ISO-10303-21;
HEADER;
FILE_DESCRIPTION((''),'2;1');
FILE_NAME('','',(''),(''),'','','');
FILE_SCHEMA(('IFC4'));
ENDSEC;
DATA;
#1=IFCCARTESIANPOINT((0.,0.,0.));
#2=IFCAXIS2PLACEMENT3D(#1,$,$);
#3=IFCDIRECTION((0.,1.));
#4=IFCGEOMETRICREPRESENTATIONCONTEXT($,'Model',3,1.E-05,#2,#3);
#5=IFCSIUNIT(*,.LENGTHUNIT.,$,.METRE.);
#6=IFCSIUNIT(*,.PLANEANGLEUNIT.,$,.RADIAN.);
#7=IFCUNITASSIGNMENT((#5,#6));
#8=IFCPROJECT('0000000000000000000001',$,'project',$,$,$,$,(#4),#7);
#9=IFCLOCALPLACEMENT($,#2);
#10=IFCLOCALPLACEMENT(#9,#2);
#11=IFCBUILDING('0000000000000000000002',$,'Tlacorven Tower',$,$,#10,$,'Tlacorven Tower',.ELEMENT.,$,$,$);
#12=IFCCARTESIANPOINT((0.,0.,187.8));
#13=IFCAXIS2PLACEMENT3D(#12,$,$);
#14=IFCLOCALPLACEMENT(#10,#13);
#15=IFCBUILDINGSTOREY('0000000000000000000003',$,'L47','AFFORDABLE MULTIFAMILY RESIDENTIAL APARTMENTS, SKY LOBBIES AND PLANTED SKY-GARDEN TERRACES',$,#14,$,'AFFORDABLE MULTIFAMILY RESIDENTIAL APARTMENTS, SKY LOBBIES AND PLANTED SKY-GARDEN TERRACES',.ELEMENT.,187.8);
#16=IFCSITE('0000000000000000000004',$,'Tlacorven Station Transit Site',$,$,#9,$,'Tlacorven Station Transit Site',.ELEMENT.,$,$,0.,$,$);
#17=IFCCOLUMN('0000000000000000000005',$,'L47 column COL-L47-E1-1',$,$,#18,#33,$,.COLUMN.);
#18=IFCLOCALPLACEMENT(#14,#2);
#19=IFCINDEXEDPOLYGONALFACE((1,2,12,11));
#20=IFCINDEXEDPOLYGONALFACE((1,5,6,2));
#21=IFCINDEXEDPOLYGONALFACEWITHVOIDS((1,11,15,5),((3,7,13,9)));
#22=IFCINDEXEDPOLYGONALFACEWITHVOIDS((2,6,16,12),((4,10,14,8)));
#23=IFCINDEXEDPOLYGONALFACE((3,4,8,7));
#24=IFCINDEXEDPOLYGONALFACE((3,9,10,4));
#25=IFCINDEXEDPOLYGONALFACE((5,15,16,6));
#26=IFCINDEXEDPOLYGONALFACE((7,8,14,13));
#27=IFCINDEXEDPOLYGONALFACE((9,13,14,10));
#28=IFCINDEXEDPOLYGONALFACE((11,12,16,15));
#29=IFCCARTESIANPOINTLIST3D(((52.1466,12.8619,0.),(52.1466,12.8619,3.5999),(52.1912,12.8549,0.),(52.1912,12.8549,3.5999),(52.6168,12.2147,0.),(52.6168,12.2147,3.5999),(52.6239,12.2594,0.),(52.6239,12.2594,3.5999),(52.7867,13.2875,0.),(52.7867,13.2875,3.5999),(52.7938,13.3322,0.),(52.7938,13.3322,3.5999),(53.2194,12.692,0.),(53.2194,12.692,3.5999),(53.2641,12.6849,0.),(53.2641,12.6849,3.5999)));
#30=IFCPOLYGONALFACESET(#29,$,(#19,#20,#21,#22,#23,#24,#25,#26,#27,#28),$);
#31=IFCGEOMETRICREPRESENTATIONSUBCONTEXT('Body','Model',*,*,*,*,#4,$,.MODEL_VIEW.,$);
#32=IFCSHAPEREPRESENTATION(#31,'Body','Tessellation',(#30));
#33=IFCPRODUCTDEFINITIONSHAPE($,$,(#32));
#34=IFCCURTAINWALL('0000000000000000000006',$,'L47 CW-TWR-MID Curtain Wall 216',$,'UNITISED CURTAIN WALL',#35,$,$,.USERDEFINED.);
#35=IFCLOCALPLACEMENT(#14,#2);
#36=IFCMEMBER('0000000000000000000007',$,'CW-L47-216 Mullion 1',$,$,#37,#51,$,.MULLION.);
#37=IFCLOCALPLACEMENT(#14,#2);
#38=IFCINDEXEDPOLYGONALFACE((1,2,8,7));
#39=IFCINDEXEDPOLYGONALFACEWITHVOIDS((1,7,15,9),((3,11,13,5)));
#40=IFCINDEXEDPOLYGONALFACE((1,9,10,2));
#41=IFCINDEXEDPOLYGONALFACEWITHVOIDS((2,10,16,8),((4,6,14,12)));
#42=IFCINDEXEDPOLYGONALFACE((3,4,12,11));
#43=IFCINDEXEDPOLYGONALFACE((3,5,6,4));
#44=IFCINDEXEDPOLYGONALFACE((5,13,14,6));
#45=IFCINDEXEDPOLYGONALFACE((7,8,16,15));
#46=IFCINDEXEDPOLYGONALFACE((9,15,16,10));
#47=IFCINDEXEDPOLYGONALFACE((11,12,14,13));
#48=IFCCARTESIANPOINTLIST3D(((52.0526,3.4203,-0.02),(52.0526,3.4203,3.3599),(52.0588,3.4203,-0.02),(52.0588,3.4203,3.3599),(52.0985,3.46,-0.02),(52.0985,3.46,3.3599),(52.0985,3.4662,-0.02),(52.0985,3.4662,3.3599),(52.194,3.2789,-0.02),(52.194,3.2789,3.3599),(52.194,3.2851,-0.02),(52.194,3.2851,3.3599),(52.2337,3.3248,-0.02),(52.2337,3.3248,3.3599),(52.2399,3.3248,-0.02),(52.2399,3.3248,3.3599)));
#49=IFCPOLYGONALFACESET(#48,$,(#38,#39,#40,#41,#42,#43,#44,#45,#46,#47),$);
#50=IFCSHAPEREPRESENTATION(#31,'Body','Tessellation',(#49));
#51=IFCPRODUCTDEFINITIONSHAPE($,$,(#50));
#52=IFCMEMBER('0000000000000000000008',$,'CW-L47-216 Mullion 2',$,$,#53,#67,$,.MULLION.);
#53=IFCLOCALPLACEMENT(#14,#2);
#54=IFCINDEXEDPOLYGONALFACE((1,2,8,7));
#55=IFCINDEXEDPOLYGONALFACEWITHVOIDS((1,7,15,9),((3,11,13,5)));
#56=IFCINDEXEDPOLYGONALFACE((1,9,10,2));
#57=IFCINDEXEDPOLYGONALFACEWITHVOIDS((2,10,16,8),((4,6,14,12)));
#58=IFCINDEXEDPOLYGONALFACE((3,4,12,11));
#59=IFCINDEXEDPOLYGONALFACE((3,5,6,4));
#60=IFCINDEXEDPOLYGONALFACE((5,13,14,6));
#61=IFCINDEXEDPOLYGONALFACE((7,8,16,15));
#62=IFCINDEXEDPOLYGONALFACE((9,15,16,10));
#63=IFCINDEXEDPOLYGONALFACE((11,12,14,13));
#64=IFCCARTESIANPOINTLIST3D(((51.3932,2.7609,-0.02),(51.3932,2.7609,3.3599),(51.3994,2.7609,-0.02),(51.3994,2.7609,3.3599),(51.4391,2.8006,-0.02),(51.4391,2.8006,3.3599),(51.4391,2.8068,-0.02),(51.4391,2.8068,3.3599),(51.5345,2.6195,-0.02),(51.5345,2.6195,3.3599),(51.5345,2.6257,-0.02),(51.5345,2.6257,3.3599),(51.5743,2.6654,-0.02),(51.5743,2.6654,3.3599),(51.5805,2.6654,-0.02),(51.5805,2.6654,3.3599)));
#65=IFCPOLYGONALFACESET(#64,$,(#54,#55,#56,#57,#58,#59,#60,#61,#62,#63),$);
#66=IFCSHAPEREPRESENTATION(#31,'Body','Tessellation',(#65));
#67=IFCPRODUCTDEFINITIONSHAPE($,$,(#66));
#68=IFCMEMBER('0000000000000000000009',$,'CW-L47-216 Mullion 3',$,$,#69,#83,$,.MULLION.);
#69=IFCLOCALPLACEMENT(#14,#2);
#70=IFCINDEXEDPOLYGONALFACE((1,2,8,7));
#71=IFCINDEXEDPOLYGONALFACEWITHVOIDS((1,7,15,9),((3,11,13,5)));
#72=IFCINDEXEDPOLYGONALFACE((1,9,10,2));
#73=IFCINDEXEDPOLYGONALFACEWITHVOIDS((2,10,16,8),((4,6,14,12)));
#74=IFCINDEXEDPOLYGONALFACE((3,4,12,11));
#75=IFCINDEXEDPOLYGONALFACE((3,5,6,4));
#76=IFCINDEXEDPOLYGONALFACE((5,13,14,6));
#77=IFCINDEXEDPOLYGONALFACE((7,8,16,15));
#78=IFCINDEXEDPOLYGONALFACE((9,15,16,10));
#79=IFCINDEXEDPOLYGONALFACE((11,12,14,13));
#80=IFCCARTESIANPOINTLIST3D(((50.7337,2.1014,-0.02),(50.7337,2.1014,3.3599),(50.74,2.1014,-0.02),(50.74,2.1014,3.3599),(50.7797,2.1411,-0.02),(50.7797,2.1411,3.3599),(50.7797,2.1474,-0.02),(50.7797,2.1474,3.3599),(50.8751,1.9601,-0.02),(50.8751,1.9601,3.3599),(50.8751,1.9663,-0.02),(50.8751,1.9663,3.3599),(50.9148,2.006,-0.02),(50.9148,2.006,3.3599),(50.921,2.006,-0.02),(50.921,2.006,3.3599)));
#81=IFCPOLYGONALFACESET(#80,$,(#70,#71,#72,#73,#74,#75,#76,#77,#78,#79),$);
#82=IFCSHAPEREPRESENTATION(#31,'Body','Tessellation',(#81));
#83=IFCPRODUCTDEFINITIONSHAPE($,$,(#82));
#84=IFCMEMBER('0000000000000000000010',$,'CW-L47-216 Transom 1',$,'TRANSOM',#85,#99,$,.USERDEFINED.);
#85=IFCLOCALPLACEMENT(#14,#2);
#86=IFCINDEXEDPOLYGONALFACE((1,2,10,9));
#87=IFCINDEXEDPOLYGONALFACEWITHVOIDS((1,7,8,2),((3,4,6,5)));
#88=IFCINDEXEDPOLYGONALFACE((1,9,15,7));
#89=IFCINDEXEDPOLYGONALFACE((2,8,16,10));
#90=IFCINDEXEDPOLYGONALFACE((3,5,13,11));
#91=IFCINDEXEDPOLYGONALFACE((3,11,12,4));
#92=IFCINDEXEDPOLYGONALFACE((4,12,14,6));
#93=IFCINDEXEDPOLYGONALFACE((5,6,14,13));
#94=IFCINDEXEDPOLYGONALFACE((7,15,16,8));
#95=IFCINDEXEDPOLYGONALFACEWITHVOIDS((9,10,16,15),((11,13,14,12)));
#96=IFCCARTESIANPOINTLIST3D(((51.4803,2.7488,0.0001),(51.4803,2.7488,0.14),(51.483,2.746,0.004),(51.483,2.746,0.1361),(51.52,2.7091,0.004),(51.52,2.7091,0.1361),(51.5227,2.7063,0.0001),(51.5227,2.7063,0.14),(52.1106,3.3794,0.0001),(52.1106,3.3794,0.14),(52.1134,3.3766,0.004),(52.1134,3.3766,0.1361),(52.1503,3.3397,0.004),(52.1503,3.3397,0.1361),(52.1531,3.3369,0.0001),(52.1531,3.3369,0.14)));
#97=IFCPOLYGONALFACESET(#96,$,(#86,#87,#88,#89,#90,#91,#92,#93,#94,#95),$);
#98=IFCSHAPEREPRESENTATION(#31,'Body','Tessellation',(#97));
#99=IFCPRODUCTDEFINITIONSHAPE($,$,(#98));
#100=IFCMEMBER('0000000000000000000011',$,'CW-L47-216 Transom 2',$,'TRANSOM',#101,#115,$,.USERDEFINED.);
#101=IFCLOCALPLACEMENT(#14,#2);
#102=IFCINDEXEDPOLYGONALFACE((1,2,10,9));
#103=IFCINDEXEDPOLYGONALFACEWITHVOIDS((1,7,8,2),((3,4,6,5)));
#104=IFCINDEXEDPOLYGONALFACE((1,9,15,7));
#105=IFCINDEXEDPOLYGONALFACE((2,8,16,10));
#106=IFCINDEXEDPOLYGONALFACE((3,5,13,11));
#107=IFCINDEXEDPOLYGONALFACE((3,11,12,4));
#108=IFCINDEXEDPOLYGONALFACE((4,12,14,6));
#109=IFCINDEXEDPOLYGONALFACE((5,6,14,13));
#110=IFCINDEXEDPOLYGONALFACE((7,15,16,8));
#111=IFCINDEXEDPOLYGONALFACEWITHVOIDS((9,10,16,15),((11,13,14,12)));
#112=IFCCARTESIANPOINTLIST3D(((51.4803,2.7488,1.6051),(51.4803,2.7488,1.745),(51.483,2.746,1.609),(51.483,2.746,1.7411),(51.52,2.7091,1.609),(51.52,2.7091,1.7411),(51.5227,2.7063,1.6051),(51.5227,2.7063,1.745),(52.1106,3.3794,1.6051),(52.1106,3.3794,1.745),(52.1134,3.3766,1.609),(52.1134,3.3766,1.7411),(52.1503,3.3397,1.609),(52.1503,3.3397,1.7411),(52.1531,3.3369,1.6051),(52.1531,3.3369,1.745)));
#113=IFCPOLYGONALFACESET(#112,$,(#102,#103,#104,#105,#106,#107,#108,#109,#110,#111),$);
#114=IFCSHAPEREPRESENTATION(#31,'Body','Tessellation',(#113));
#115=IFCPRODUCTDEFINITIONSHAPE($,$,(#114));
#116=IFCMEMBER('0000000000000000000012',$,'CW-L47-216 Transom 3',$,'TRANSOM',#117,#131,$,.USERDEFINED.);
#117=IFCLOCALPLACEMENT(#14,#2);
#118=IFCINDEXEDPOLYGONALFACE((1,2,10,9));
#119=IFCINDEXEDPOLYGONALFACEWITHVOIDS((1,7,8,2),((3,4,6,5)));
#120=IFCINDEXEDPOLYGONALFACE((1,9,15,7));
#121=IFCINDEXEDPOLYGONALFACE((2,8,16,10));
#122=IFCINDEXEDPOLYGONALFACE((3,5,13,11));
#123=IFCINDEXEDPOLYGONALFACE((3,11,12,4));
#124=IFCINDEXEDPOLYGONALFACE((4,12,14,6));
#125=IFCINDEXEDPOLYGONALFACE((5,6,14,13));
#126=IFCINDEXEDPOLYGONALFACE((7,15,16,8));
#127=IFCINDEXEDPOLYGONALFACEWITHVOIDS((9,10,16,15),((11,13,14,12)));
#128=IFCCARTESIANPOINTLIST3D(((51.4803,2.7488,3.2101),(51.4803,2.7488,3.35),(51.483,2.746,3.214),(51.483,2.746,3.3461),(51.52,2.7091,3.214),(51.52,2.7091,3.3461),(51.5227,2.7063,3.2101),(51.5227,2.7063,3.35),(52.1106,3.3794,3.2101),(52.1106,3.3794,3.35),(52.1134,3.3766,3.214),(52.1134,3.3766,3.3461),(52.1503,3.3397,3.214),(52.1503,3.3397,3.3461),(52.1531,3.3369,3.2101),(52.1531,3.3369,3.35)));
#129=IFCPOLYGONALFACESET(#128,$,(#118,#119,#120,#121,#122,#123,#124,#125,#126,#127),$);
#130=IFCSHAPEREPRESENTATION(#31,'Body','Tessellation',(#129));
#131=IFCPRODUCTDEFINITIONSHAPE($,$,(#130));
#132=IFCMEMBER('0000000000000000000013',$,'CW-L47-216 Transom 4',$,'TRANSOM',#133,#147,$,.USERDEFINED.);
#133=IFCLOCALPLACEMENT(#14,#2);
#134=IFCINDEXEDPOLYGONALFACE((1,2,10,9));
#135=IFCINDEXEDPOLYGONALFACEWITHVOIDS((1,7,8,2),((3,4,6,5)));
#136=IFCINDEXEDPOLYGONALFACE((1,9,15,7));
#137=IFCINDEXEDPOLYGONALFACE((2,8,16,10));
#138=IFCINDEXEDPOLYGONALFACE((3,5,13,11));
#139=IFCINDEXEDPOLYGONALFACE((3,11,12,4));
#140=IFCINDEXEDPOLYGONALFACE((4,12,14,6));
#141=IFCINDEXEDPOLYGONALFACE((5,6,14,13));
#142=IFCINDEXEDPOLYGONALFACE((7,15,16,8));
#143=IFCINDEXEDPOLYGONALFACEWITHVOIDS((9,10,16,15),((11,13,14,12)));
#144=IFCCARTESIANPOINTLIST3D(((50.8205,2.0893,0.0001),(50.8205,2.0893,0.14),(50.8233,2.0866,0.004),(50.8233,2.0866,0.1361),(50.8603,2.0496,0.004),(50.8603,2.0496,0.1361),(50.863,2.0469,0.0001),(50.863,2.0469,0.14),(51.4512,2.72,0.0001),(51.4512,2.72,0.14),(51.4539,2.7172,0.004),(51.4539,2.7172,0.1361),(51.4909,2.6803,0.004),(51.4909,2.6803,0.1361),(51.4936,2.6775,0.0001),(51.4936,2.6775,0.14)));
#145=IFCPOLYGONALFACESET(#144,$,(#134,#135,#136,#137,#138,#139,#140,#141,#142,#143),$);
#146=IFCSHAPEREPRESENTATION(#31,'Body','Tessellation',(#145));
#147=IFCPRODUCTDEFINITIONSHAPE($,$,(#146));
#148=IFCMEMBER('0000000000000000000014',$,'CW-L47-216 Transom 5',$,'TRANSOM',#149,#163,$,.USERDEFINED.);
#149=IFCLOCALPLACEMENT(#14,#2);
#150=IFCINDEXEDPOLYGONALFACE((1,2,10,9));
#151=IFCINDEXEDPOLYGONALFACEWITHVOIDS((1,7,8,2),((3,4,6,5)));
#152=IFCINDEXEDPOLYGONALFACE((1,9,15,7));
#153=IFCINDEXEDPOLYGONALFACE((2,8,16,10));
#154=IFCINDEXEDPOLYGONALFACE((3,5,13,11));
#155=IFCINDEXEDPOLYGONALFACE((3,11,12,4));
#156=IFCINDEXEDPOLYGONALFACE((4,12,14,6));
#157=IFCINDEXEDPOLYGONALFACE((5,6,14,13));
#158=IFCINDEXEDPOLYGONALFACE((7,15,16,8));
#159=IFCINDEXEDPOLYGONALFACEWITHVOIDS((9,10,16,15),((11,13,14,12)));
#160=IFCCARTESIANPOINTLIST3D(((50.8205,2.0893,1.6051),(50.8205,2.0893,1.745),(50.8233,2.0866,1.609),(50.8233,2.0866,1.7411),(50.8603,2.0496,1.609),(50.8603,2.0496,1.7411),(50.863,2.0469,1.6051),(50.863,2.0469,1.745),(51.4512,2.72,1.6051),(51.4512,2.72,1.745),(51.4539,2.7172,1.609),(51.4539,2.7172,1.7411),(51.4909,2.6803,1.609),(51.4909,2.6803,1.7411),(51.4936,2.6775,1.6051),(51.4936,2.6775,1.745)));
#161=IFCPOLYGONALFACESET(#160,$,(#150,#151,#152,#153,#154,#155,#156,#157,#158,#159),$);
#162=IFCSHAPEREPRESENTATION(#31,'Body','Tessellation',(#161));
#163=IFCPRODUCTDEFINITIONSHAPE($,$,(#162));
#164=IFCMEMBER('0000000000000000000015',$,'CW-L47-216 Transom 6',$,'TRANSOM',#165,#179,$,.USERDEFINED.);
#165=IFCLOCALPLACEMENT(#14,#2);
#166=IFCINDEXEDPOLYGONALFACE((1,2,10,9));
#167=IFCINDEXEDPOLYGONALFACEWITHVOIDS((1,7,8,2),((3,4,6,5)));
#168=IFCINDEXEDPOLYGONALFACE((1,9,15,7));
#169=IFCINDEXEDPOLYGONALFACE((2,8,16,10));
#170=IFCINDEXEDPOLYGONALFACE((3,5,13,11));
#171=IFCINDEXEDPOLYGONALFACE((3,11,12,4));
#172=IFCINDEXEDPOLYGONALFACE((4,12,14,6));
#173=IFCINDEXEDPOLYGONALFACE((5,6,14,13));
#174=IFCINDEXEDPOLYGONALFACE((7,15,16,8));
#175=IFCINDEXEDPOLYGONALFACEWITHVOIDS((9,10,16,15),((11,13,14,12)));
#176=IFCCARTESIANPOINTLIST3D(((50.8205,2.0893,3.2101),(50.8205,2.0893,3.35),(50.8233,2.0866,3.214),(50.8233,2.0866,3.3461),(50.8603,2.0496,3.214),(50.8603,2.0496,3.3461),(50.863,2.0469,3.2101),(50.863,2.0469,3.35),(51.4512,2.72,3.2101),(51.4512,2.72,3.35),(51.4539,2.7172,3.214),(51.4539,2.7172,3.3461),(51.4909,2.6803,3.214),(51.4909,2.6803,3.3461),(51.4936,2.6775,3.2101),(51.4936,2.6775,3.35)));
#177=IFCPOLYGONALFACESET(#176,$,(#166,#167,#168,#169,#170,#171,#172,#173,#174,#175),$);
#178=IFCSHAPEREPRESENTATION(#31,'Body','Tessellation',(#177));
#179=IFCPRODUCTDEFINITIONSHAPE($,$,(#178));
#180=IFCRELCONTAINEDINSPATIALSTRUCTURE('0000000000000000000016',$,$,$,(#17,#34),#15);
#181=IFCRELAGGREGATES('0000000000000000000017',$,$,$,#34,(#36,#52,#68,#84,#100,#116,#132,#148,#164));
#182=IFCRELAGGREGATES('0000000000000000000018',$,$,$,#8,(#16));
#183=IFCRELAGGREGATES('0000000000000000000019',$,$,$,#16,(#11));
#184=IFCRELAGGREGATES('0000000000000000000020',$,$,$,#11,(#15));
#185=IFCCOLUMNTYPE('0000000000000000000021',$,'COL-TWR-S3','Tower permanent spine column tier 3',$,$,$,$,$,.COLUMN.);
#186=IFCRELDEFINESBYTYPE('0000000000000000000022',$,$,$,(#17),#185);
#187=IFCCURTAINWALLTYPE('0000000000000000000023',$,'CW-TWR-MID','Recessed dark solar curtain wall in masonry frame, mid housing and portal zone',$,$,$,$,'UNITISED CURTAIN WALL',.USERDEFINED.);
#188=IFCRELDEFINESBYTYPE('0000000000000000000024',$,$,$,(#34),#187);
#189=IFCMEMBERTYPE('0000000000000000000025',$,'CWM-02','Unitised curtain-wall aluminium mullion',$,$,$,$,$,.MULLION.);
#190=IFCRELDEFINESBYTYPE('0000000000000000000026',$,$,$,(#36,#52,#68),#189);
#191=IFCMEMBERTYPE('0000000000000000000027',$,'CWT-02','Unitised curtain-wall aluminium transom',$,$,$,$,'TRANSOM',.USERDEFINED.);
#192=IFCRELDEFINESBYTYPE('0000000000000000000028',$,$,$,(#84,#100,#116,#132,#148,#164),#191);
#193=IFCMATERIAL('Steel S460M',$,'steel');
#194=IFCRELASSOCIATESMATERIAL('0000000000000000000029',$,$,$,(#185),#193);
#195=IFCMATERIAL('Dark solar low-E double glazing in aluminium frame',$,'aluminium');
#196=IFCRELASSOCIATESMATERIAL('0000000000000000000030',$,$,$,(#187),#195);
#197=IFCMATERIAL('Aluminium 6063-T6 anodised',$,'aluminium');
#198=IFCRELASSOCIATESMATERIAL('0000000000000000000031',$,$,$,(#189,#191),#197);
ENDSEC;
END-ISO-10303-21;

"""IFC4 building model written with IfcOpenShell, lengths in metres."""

from ifc_helpers import new_model, si_unit, direction, frame, origin, origin_2d, place, context, subcontext, project, spatial, hollow_rectangle, extrude, source, transform, mapped, material, material_profile, profile_set, type_object, element, aggregate, save


model = new_model("IFC4")

# Units and contexts
model_context = context("Model", 3, precision=1e-05, world=origin(), true_north=direction((0.0, 1.0)))
body_context = subcontext(model_context, "Body", "Model", "MODEL_VIEW")
ifc_project = project(units=[si_unit("LENGTHUNIT", "METRE"), si_unit("PLANEANGLEUNIT", "RADIAN")], contexts=[model_context])

# Site, building, storey
site_placement = place(None, origin())
site = spatial("IfcSite", under=ifc_project, at=site_placement, Name="Tlacorven Station Transit Site", LongName="Tlacorven Station Transit Site", CompositionType="ELEMENT", RefElevation=0.0)
building_placement = place(site_placement, origin())
building = spatial("IfcBuilding", under=site, at=building_placement, Name="Tlacorven Tower", LongName="Tlacorven Tower", CompositionType="ELEMENT")
storey_placement = place(building_placement, frame((0.0, 0.0, 187.8)))
storey = spatial("IfcBuildingStorey", under=building, at=storey_placement, Name="L47", Description="AFFORDABLE MULTIFAMILY RESIDENTIAL APARTMENTS, SKY LOBBIES AND PLANTED SKY-GARDEN TERRACES", LongName="AFFORDABLE MULTIFAMILY RESIDENTIAL APARTMENTS, SKY LOBBIES AND PLANTED SKY-GARDEN TERRACES", CompositionType="ELEMENT", Elevation=187.8)

# Column
ifc_material_1 = material(Name="Steel S460M", Category="steel")
ifc_material_profile_1 = material_profile(ifc_material_1, hollow_rectangle(XDim=0.8, YDim=0.8, WallThickness=0.032, at=origin_2d()), Name="BOX 800X800X32")
ifc_profile_set_1 = profile_set([ifc_material_profile_1], Name="Steel S460M")
column_type = type_object("IfcColumnType", Name="COL-TWR-S3", Description="Tower permanent spine column tier 3", PredefinedType="COLUMN", material=ifc_profile_set_1)
shared_shape_1 = source(origin(), body_context, "Body", "SweptSolid", [
    extrude(hollow_rectangle(XDim=0.8, YDim=0.8, WallThickness=0.032, at=origin_2d()), origin(), (0.0, 0.0, 1.0), 3.5999),
])
column_placement = place(storey_placement, frame((52.7053, 12.7734, 0.0), z_axis=(0.0, 0.0, 1.0), x_axis=(0.809017, 0.587785, 0.0)))
element("IfcColumn", 1, at=column_placement, inside=storey, type_object=column_type, Name="L47 column COL-L47-E1-1", PredefinedType="COLUMN", context=body_context, shape_type="MappedRepresentation", body=[
    mapped(shared_shape_1, transform((0.0, 0.0, 0.0), scale=1.0)),
])

# Curtain wall, members
ifc_material_2 = material(Name="Dark solar low-E double glazing in aluminium frame", Category="aluminium")
curtain_wall_type = type_object("IfcCurtainWallType", Name="CW-TWR-MID", Description="Recessed dark solar curtain wall in masonry frame, mid housing and portal zone", ElementType="UNITISED CURTAIN WALL", PredefinedType="USERDEFINED", material=ifc_material_2)
curtain_wall_placement = place(storey_placement, origin())
curtain_wall = element("IfcCurtainWall", 2, at=curtain_wall_placement, inside=storey, type_object=curtain_wall_type, Name="L47 CW-TWR-MID Curtain Wall 216", ObjectType="UNITISED CURTAIN WALL", PredefinedType="USERDEFINED")
ifc_material_3 = material(Name="Aluminium 6063-T6 anodised", Category="aluminium")
ifc_material_profile_2 = material_profile(ifc_material_3, hollow_rectangle(XDim=0.0649, YDim=0.2, WallThickness=0.0044, at=origin_2d()), Name="ALU MULLION 65X200")
ifc_profile_set_2 = profile_set([ifc_material_profile_2], Name="Aluminium 6063-T6 anodised")
member_type_1 = type_object("IfcMemberType", Name="CWM-02", Description="Unitised curtain-wall aluminium mullion", PredefinedType="MULLION", material=ifc_profile_set_2)
shared_shape_2 = source(origin(), body_context, "Body", "SweptSolid", [
    extrude(hollow_rectangle(XDim=0.0649, YDim=0.2, WallThickness=0.0044, at=origin_2d()), origin(), (0.0, 0.0, 1.0), 3.3799),
])
member_1_placement = place(storey_placement, frame((52.1462, 3.3726, -0.02), z_axis=(0.0, 0.0, 1.0), x_axis=(-0.707107, -0.707107, 0.0)))
member_1 = element("IfcMember", 3, at=member_1_placement, type_object=member_type_1, Name="CW-L47-216 Mullion 1", PredefinedType="MULLION", context=body_context, shape_type="MappedRepresentation", body=[
    mapped(shared_shape_2, transform((0.0, 0.0, 0.0), scale=1.0)),
])
member_2_placement = place(storey_placement, frame((51.4868, 2.7131, -0.02), z_axis=(0.0, 0.0, 1.0), x_axis=(-0.707107, -0.707107, 0.0)))
member_2 = element("IfcMember", 4, at=member_2_placement, type_object=member_type_1, Name="CW-L47-216 Mullion 2", PredefinedType="MULLION", context=body_context, shape_type="MappedRepresentation", body=[
    mapped(shared_shape_2, transform((0.0, 0.0, 0.0), scale=1.0)),
])
member_3_placement = place(storey_placement, frame((50.8274, 2.0537, -0.02), z_axis=(0.0, 0.0, 1.0), x_axis=(-0.707107, -0.707107, 0.0)))
member_3 = element("IfcMember", 5, at=member_3_placement, type_object=member_type_1, Name="CW-L47-216 Mullion 3", PredefinedType="MULLION", context=body_context, shape_type="MappedRepresentation", body=[
    mapped(shared_shape_2, transform((0.0, 0.0, 0.0), scale=1.0)),
])
ifc_material_profile_3 = material_profile(ifc_material_3, hollow_rectangle(XDim=0.0601, YDim=0.1399, WallThickness=0.0039, at=origin_2d()), Name="ALU TRANSOM 60X140")
ifc_profile_set_3 = profile_set([ifc_material_profile_3], Name="Aluminium 6063-T6 anodised")
member_type_2 = type_object("IfcMemberType", Name="CWT-02", Description="Unitised curtain-wall aluminium transom", ElementType="TRANSOM", PredefinedType="USERDEFINED", material=ifc_profile_set_3)
shared_shape_3 = source(origin(), body_context, "Body", "SweptSolid", [
    extrude(hollow_rectangle(XDim=0.0601, YDim=0.1399, WallThickness=0.0039, at=origin_2d()), origin(), (0.0, 0.0, 1.0), 0.8916),
])
member_4_placement = place(storey_placement, frame((52.1318, 3.3582, 0.0701), z_axis=(-0.70697, -0.707244, 0.0), x_axis=(0.707244, -0.70697, 0.0)))
member_4 = element("IfcMember", 6, at=member_4_placement, type_object=member_type_2, Name="CW-L47-216 Transom 1", ObjectType="TRANSOM", PredefinedType="USERDEFINED", context=body_context, shape_type="MappedRepresentation", body=[
    mapped(shared_shape_3, transform((0.0, 0.0, 0.0), scale=1.0)),
])
member_5_placement = place(storey_placement, frame((52.1318, 3.3582, 1.675), z_axis=(-0.70697, -0.707244, 0.0), x_axis=(0.707244, -0.70697, 0.0)))
member_5 = element("IfcMember", 7, at=member_5_placement, type_object=member_type_2, Name="CW-L47-216 Transom 2", ObjectType="TRANSOM", PredefinedType="USERDEFINED", context=body_context, shape_type="MappedRepresentation", body=[
    mapped(shared_shape_3, transform((0.0, 0.0, 0.0), scale=1.0)),
])
member_6_placement = place(storey_placement, frame((52.1318, 3.3582, 3.28), z_axis=(-0.70697, -0.707244, 0.0), x_axis=(0.707244, -0.70697, 0.0)))
member_6 = element("IfcMember", 8, at=member_6_placement, type_object=member_type_2, Name="CW-L47-216 Transom 3", ObjectType="TRANSOM", PredefinedType="USERDEFINED", context=body_context, shape_type="MappedRepresentation", body=[
    mapped(shared_shape_3, transform((0.0, 0.0, 0.0), scale=1.0)),
])
shared_shape_4 = source(origin(), body_context, "Body", "SweptSolid", [
    extrude(hollow_rectangle(XDim=0.0601, YDim=0.1399, WallThickness=0.0039, at=origin_2d()), origin(), (0.0, 0.0, 1.0), 0.8918),
])
member_7_placement = place(storey_placement, frame((51.4724, 2.6987, 0.0701), z_axis=(-0.707107, -0.707107, 0.0), x_axis=(0.707107, -0.707107, 0.0)))
member_7 = element("IfcMember", 9, at=member_7_placement, type_object=member_type_2, Name="CW-L47-216 Transom 4", ObjectType="TRANSOM", PredefinedType="USERDEFINED", context=body_context, shape_type="MappedRepresentation", body=[
    mapped(shared_shape_4, transform((0.0, 0.0, 0.0), scale=1.0)),
])
member_8_placement = place(storey_placement, frame((51.4724, 2.6987, 1.675), z_axis=(-0.707107, -0.707107, 0.0), x_axis=(0.707107, -0.707107, 0.0)))
member_8 = element("IfcMember", 10, at=member_8_placement, type_object=member_type_2, Name="CW-L47-216 Transom 5", ObjectType="TRANSOM", PredefinedType="USERDEFINED", context=body_context, shape_type="MappedRepresentation", body=[
    mapped(shared_shape_4, transform((0.0, 0.0, 0.0), scale=1.0)),
])
member_9_placement = place(storey_placement, frame((51.4724, 2.6987, 3.28), z_axis=(-0.707107, -0.707107, 0.0), x_axis=(0.707107, -0.707107, 0.0)))
member_9 = element("IfcMember", 11, at=member_9_placement, type_object=member_type_2, Name="CW-L47-216 Transom 6", ObjectType="TRANSOM", PredefinedType="USERDEFINED", context=body_context, shape_type="MappedRepresentation", body=[
    mapped(shared_shape_4, transform((0.0, 0.0, 0.0), scale=1.0)),
])
aggregate(curtain_wall, [member_1, member_2, member_3, member_4, member_5, member_6, member_7, member_8, member_9])

save(model, "model.ifc")
